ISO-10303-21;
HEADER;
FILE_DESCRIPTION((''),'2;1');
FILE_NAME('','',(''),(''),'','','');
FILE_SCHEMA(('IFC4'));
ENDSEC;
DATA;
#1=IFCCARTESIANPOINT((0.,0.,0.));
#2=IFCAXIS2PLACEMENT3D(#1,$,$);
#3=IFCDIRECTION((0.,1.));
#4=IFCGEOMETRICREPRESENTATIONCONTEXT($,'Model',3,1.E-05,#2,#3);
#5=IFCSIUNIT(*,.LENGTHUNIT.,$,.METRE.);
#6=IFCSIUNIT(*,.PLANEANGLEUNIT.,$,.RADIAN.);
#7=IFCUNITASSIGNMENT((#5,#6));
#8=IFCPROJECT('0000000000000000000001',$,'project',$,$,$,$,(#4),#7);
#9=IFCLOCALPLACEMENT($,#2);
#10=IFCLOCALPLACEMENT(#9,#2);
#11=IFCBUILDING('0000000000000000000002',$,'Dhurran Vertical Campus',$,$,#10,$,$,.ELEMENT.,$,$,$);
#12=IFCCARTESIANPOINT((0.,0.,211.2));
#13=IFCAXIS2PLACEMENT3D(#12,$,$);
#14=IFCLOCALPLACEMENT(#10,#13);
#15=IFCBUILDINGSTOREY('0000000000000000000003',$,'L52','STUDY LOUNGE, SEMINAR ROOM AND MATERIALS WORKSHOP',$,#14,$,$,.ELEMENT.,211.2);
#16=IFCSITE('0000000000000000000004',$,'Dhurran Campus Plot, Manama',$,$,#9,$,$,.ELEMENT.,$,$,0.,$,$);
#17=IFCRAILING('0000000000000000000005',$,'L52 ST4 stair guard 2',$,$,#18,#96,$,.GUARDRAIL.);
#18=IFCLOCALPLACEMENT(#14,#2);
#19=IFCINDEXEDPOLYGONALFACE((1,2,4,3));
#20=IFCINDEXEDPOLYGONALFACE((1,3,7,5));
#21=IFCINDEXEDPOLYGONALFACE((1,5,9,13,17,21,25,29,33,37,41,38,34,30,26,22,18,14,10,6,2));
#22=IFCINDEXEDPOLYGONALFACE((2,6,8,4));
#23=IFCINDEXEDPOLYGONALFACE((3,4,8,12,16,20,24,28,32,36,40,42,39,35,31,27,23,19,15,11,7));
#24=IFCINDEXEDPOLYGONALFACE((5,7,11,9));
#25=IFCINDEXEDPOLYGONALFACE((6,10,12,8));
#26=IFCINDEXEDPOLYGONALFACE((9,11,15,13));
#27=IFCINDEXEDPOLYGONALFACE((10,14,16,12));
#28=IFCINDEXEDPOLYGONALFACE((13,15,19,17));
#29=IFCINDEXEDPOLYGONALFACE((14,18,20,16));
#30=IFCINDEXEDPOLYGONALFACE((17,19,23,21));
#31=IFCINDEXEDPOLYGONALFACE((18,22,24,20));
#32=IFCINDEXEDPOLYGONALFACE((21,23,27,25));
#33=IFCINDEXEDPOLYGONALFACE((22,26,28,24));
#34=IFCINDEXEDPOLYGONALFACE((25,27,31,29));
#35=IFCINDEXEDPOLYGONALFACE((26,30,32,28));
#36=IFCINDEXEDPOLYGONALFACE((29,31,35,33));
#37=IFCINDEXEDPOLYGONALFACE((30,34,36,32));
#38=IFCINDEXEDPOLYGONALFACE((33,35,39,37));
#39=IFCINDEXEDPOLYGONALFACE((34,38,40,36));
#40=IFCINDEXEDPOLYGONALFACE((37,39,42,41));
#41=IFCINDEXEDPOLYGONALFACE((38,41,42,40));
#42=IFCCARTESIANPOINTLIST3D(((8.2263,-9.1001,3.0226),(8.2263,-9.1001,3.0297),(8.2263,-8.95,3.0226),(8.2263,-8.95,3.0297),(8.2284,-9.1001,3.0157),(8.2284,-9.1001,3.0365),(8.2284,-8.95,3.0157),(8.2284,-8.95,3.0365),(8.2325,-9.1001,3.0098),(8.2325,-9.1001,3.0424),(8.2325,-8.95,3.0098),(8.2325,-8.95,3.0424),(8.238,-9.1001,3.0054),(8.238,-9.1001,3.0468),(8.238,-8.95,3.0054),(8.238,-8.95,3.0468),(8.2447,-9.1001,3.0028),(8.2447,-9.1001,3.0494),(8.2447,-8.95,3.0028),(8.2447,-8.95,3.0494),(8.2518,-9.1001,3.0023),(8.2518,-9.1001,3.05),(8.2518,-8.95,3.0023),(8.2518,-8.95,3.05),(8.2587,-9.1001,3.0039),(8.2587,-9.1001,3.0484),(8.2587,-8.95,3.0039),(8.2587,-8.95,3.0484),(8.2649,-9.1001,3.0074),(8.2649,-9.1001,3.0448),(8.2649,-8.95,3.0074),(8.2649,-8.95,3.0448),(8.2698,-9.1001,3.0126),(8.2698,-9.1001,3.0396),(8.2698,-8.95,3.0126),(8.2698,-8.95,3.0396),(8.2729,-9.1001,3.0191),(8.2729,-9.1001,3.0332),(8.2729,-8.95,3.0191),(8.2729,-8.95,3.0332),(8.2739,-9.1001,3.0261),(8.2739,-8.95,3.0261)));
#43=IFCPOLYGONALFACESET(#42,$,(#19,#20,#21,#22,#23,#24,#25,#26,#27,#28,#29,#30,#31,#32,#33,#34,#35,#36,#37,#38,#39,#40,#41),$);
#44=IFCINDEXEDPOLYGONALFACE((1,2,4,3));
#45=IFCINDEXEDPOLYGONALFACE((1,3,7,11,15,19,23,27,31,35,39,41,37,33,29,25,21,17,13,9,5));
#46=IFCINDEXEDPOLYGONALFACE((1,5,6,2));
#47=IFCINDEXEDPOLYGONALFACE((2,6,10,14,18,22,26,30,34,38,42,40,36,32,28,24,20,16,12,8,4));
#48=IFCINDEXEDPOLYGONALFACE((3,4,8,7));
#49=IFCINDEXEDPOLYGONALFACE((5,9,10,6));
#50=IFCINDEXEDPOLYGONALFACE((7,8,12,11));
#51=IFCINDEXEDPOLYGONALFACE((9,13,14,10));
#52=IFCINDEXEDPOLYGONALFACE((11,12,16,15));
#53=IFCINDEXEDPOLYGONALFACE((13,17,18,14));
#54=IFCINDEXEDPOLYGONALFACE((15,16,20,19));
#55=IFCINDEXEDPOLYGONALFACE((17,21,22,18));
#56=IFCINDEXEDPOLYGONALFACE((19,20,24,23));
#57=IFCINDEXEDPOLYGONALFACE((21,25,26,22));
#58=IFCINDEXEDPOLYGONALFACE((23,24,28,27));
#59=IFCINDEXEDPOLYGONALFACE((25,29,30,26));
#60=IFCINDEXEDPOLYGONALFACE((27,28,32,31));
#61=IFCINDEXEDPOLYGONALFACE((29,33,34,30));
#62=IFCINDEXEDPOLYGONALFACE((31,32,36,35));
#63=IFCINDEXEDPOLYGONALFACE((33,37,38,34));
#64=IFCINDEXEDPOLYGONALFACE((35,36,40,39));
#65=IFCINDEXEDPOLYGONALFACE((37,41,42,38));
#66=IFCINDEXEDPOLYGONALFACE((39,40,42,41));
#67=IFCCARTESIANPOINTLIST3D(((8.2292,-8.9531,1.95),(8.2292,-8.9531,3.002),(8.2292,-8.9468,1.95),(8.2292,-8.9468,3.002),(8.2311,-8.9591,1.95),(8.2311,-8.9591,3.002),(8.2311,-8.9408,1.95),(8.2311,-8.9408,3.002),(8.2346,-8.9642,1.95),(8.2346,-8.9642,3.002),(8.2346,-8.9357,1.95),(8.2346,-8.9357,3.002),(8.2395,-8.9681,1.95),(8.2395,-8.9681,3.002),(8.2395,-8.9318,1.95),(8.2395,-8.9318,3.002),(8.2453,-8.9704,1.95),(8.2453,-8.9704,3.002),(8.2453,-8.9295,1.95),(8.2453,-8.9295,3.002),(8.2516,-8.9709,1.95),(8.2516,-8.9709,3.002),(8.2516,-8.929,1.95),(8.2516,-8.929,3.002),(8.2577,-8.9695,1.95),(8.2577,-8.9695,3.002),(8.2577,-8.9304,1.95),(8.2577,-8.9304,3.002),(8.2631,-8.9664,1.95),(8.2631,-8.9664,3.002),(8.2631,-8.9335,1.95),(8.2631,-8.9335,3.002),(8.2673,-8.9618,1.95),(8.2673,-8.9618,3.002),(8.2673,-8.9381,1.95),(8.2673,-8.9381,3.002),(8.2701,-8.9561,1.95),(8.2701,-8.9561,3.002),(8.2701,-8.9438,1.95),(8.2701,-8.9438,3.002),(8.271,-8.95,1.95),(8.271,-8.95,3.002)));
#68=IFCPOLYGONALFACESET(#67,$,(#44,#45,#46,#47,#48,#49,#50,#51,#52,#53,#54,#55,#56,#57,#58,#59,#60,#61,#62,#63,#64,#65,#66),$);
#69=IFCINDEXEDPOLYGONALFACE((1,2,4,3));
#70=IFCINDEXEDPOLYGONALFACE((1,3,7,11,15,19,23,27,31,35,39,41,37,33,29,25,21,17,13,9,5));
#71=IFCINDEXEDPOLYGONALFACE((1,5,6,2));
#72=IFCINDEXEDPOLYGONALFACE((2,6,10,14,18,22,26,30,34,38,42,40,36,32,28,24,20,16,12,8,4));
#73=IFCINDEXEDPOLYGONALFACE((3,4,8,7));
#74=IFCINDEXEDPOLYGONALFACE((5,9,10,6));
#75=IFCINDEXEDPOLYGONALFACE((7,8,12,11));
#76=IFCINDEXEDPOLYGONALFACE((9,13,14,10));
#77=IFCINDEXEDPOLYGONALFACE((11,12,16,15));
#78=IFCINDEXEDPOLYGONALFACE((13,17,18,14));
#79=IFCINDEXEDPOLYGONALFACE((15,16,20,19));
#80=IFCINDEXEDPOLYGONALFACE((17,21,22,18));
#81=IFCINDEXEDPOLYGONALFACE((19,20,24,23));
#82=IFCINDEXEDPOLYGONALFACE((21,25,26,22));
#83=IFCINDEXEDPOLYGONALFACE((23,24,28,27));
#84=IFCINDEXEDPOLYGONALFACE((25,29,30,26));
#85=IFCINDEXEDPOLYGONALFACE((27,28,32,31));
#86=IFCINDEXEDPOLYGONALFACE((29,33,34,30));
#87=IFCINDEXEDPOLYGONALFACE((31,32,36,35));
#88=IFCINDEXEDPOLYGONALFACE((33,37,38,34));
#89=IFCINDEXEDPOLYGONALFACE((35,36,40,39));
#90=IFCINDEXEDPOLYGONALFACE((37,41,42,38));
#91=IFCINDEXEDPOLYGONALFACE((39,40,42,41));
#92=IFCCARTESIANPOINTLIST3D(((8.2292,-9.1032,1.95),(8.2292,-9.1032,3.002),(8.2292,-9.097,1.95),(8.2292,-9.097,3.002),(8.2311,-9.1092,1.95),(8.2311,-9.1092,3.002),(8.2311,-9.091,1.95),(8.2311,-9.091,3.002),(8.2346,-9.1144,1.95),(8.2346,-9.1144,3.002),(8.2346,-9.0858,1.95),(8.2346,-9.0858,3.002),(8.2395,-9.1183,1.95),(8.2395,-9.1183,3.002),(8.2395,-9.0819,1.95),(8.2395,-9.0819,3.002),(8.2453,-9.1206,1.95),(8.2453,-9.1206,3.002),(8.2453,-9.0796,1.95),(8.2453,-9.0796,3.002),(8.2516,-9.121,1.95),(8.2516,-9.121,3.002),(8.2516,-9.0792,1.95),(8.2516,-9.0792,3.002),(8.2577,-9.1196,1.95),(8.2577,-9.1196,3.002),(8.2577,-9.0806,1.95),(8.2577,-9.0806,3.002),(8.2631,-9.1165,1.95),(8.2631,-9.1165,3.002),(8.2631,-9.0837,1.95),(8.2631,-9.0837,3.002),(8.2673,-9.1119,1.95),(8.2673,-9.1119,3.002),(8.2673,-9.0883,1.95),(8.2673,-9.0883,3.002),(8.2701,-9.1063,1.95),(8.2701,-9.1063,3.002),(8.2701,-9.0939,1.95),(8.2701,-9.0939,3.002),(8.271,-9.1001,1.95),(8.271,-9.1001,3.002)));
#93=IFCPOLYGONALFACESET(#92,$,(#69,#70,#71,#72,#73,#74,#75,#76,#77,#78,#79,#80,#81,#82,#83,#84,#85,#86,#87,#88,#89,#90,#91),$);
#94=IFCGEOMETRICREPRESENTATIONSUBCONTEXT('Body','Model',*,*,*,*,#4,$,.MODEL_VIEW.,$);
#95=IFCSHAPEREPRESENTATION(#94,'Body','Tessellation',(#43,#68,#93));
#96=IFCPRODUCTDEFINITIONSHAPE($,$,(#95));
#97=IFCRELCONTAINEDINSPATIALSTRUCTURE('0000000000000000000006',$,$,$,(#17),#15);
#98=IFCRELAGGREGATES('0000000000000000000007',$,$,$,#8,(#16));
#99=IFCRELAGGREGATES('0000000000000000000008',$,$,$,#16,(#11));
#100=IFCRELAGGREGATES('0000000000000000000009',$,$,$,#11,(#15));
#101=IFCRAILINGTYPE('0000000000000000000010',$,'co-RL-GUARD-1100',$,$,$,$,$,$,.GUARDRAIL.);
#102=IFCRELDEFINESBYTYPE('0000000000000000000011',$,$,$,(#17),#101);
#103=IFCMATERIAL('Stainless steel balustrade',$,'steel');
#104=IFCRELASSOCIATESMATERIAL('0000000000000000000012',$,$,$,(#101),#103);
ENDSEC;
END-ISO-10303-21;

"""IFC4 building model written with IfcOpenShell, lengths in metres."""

from ifc_helpers import new_model, si_unit, direction, frame, origin, origin_2d, place, context, subcontext, project, spatial, circle, extrude, material, type_object, element, save


model = new_model("IFC4")

# Units and contexts
model_context = context("Model", 3, precision=1e-05, world=origin(), true_north=direction((0.0, 1.0)))
body_context = subcontext(model_context, "Body", "Model", "MODEL_VIEW")
ifc_project = project(units=[si_unit("LENGTHUNIT", "METRE"), si_unit("PLANEANGLEUNIT", "RADIAN")], contexts=[model_context])

# Site, building, storey
site_placement = place(None, origin())
site = spatial("IfcSite", under=ifc_project, at=site_placement, Name="Dhurran Campus Plot, Manama", CompositionType="ELEMENT", RefElevation=0.0)
building_placement = place(site_placement, origin())
building = spatial("IfcBuilding", under=site, at=building_placement, Name="Dhurran Vertical Campus", CompositionType="ELEMENT")
storey_placement = place(building_placement, frame((0.0, 0.0, 211.2)))
storey = spatial("IfcBuildingStorey", under=building, at=storey_placement, Name="L52", Description="STUDY LOUNGE, SEMINAR ROOM AND MATERIALS WORKSHOP", CompositionType="ELEMENT", Elevation=211.2)

# Railing
ifc_material_1 = material(Name="Stainless steel balustrade", Category="steel")
railing_type_1 = type_object("IfcRailingType", Name="co-RL-GUARD-1100", PredefinedType="GUARDRAIL", material=ifc_material_1)
railing_1_placement = place(storey_placement, frame((8.25, -8.95, 1.95)))
element("IfcRailing", 1, at=railing_1_placement, inside=storey, type_object=railing_type_1, Name="L52 ST4 stair guard 2", PredefinedType="GUARDRAIL", context=body_context, shape_type="SweptSolid", body=[
    extrude(circle(Radius=0.0239, at=origin_2d()), frame((0.0, 0.0, 1.0762), z_axis=(0.0, -1.0, 0.0), x_axis=(1.0, 0.0, 0.0)), (0.0, 0.0, 1.0), 0.1501),
    extrude(circle(Radius=0.021, at=origin_2d()), origin(), (0.0, 0.0, 1.0), 1.052),
    extrude(circle(Radius=0.021, at=origin_2d()), frame((0.0, -0.1501, 0.0)), (0.0, 0.0, 1.0), 1.052),
])

save(model, "model.ifc")
